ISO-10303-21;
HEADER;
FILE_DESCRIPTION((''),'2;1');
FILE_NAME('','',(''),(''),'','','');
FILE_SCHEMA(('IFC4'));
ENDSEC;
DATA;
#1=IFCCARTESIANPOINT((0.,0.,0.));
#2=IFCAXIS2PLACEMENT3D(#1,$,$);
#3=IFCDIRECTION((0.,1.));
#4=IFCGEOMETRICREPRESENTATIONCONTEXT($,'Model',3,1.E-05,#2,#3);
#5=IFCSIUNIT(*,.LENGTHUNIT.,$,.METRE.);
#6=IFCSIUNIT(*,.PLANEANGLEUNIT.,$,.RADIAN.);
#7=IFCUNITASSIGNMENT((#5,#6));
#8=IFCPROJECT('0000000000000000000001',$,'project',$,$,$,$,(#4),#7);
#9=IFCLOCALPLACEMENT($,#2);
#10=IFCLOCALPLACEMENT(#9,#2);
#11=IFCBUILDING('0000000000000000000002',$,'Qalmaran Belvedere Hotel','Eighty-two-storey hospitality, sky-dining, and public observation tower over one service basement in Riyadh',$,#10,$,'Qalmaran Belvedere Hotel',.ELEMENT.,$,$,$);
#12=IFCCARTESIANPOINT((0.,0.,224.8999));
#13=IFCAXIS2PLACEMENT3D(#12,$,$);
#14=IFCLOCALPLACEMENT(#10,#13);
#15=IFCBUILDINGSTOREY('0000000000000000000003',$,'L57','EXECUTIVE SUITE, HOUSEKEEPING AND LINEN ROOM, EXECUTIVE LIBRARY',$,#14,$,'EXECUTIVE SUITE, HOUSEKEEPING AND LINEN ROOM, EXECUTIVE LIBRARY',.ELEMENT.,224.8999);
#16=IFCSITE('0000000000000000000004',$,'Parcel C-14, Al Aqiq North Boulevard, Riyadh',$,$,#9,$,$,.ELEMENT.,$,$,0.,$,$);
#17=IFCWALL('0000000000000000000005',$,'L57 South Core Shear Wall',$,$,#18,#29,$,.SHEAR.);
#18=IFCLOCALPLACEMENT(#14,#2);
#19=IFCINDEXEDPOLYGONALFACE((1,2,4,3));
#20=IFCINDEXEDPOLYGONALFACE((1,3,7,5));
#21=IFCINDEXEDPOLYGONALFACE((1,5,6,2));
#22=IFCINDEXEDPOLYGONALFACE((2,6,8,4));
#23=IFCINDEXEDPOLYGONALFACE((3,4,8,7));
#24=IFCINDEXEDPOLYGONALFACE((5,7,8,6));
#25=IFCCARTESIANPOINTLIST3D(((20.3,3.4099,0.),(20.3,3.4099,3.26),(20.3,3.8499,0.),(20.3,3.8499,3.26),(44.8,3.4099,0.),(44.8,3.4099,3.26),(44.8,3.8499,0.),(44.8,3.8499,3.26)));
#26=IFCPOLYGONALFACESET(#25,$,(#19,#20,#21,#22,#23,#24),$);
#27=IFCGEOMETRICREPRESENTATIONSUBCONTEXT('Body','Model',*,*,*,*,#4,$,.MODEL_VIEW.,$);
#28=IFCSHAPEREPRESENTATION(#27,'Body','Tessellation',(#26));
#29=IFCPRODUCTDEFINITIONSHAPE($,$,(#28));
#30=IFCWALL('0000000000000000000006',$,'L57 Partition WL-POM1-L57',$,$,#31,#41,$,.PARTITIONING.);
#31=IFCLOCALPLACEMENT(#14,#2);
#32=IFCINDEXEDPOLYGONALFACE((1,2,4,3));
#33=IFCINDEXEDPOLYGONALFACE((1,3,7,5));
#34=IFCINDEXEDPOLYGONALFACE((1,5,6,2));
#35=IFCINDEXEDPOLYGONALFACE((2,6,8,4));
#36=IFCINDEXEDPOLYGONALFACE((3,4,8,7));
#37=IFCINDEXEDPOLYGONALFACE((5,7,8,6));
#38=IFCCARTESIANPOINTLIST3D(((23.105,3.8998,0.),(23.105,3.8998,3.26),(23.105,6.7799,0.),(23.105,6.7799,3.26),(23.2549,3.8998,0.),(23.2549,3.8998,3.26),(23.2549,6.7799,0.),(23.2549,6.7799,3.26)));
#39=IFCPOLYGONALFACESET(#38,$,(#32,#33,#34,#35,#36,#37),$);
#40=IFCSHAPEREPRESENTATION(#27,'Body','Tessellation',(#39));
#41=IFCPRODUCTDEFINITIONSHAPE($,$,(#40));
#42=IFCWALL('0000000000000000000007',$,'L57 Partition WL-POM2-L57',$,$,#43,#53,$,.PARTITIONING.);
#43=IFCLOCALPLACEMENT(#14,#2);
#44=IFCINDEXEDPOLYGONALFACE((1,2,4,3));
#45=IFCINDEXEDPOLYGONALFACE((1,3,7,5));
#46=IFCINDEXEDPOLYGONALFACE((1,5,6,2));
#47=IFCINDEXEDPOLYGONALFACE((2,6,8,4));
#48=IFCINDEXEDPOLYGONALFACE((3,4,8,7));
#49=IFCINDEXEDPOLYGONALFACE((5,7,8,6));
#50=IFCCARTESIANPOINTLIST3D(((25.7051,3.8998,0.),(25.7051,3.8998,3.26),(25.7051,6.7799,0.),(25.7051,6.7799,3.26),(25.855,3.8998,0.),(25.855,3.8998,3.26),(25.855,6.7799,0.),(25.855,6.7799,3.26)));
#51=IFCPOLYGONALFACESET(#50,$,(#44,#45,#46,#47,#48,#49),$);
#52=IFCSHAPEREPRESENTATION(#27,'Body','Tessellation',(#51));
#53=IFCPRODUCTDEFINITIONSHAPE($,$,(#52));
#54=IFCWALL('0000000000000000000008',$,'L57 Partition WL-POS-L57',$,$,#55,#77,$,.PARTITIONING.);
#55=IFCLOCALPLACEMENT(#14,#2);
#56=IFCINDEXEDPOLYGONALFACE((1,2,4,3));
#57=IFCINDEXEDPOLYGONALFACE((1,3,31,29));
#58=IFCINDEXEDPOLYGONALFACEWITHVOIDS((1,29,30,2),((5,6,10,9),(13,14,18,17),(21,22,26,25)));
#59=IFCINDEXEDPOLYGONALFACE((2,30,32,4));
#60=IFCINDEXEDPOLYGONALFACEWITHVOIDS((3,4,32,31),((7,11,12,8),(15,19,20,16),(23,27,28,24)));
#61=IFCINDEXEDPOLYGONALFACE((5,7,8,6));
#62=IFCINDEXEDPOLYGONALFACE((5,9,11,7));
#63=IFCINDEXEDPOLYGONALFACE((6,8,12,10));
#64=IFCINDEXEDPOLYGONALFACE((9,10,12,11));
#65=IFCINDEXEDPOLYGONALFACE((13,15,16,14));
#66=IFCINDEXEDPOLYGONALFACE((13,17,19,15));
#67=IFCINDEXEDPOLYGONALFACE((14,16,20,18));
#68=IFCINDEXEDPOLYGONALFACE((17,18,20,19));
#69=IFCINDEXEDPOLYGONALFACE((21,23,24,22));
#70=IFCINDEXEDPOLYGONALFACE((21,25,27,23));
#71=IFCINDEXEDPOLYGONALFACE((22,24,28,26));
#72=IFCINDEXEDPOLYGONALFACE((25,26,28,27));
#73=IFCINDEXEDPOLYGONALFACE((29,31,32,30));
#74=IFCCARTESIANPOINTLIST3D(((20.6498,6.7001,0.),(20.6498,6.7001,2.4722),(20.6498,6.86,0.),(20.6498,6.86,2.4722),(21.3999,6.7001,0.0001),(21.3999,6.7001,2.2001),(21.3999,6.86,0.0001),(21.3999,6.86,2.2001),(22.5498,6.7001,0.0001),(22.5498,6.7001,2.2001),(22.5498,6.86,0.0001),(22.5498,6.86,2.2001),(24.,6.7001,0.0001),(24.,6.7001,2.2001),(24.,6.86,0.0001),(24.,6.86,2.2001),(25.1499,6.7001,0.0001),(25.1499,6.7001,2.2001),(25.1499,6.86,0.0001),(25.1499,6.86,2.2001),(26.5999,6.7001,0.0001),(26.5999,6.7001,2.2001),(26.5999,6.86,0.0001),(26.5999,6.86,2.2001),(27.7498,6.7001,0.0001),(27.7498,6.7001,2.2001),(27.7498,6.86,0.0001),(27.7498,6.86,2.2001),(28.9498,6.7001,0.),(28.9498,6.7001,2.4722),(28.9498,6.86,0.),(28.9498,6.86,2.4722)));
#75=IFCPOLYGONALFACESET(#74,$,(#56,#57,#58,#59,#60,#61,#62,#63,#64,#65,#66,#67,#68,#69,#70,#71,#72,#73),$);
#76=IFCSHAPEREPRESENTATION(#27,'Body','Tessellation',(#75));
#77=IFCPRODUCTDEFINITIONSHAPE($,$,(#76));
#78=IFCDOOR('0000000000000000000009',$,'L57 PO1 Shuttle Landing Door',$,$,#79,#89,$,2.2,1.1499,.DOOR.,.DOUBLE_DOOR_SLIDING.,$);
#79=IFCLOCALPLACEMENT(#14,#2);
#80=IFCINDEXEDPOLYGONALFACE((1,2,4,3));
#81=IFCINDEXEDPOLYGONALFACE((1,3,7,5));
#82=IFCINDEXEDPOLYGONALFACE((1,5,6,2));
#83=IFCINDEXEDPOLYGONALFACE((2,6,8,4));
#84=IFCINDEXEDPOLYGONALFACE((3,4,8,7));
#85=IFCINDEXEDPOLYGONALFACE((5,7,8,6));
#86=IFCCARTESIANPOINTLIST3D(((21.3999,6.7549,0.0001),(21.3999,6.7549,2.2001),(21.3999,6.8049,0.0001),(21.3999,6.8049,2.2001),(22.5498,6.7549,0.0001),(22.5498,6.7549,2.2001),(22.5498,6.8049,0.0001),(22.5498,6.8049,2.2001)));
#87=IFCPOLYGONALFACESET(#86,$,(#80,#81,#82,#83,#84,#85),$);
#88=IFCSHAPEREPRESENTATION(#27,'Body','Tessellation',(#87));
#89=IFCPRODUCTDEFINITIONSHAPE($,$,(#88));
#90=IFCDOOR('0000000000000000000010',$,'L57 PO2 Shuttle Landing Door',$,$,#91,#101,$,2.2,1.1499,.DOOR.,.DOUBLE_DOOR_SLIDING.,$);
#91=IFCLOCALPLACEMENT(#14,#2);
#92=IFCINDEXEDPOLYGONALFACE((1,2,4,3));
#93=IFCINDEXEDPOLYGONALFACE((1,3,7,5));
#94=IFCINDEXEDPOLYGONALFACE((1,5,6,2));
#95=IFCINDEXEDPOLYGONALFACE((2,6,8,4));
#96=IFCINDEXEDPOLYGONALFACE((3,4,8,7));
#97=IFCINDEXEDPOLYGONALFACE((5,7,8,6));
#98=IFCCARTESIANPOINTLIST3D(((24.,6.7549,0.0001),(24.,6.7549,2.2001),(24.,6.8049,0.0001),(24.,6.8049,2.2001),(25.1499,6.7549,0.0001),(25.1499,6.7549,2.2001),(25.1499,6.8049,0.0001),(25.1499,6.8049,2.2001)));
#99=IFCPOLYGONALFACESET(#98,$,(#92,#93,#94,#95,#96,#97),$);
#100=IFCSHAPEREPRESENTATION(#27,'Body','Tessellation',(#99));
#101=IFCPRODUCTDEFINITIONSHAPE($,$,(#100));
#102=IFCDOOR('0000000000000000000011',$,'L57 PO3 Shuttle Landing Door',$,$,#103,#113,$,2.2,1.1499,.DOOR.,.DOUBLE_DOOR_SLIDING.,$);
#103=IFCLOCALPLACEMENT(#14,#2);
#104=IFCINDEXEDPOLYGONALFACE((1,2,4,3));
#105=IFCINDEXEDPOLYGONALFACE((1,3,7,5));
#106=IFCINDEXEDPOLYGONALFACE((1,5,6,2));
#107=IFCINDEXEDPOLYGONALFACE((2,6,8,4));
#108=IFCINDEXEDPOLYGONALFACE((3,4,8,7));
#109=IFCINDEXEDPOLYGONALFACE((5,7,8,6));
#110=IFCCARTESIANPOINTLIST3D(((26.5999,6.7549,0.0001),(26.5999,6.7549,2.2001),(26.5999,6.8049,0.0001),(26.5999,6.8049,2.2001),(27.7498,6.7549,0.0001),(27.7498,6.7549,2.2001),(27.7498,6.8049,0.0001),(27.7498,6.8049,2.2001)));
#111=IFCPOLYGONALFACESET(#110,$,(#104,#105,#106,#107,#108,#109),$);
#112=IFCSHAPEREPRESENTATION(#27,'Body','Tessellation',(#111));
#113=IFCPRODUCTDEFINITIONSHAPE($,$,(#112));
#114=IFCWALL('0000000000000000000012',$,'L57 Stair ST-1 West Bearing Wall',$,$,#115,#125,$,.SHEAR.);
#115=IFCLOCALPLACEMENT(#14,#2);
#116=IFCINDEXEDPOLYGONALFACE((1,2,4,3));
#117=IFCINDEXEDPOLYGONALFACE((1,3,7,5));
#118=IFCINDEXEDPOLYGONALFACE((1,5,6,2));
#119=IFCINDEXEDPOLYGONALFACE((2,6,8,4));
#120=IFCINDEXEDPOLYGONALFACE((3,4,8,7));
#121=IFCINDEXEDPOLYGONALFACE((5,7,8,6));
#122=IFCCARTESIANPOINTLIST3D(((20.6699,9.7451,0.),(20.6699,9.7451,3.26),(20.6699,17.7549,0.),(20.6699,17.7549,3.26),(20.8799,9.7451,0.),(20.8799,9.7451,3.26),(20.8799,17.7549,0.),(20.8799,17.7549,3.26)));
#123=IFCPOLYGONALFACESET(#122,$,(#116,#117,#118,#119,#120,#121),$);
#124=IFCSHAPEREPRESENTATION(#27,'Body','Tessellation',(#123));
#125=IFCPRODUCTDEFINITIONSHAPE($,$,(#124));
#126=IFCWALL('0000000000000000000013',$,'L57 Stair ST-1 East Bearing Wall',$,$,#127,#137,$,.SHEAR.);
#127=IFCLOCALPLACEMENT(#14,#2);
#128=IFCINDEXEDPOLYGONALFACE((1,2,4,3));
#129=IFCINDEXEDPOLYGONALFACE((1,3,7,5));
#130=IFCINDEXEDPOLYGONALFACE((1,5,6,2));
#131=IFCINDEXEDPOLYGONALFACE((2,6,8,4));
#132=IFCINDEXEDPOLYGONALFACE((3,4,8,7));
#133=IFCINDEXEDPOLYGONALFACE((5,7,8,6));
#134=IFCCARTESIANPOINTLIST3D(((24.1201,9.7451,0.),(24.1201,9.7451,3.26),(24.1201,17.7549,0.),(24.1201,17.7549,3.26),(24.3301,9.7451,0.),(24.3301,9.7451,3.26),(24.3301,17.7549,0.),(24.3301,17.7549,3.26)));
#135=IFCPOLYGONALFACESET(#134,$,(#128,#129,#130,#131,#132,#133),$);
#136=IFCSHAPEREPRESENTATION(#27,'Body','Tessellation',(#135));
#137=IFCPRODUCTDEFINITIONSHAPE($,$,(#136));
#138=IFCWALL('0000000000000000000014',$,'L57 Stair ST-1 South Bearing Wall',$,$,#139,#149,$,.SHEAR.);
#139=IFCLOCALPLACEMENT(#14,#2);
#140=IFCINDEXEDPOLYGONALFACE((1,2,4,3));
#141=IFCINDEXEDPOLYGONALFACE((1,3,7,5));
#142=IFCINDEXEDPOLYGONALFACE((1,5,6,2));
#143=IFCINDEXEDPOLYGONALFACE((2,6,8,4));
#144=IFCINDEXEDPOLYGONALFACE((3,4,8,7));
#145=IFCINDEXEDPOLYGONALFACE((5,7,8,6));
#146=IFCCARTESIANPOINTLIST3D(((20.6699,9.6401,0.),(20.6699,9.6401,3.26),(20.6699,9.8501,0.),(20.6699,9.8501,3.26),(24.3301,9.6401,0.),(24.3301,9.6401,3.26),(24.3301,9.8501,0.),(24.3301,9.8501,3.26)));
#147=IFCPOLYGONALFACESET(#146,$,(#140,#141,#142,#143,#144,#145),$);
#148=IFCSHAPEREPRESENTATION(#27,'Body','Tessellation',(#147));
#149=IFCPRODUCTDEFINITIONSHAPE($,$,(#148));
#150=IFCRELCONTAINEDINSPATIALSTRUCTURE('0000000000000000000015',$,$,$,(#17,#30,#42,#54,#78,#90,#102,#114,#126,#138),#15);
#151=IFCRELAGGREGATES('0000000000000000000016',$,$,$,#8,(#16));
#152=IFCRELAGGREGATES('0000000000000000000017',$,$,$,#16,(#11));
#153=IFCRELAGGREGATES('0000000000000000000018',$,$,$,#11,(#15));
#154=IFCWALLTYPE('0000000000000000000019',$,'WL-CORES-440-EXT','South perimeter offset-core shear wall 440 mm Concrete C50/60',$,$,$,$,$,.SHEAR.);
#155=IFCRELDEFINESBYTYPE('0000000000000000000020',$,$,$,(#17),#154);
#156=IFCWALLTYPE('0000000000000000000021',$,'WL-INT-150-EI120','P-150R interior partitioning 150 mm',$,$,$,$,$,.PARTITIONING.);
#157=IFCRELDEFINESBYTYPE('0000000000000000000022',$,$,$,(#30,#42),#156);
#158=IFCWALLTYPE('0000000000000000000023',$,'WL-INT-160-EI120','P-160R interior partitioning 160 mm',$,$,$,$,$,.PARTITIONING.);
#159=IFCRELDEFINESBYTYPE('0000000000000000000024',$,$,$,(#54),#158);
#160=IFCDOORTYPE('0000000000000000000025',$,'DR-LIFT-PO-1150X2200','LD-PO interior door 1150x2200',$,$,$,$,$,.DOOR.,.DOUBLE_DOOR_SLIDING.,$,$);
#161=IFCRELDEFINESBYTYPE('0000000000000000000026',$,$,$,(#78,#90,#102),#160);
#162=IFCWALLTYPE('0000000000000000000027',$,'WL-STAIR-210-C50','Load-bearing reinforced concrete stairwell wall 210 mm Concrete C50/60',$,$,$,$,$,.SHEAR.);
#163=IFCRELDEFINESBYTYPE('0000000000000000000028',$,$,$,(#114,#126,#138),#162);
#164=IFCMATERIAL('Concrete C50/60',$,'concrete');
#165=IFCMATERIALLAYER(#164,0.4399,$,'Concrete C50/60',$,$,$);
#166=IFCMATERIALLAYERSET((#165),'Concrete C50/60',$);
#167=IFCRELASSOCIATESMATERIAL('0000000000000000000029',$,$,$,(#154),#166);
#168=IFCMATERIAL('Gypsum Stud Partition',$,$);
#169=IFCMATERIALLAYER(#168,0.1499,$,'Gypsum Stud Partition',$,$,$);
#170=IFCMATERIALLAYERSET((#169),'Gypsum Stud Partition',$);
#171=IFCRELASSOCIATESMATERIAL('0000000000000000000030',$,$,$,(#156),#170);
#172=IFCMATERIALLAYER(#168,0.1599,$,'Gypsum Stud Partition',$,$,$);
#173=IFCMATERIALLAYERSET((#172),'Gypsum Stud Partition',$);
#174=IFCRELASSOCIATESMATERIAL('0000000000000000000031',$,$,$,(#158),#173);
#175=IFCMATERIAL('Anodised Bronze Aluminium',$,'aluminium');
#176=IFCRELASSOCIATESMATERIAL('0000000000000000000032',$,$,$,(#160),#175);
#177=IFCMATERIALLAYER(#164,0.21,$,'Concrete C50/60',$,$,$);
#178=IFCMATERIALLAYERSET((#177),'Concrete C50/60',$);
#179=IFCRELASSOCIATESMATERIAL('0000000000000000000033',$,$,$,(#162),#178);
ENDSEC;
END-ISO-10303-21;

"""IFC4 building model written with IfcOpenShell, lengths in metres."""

from ifc_helpers import new_model, si_unit, direction, frame, frame_2d, origin, place, context, subcontext, project, spatial, rectangle, extrude, material, layer, layer_set, type_object, element, fill, save


model = new_model("IFC4")

# Units and contexts
model_context = context("Model", 3, precision=1e-05, world=origin(), true_north=direction((0.0, 1.0)))
body_context = subcontext(model_context, "Body", "Model", "MODEL_VIEW")
ifc_project = project(units=[si_unit("LENGTHUNIT", "METRE"), si_unit("PLANEANGLEUNIT", "RADIAN")], contexts=[model_context])

# Site, building, storey
site_placement = place(None, origin())
site = spatial("IfcSite", under=ifc_project, at=site_placement, Name="Parcel C-14, Al Aqiq North Boulevard, Riyadh", CompositionType="ELEMENT", RefElevation=0.0)
building_placement = place(site_placement, origin())
building = spatial("IfcBuilding", under=site, at=building_placement, Name="Qalmaran Belvedere Hotel", Description="Eighty-two-storey hospitality, sky-dining, and public observation tower over one service basement in Riyadh", LongName="Qalmaran Belvedere Hotel", CompositionType="ELEMENT")
storey_placement = place(building_placement, frame((0.0, 0.0, 224.8999)))
storey = spatial("IfcBuildingStorey", under=building, at=storey_placement, Name="L57", Description="EXECUTIVE SUITE, HOUSEKEEPING AND LINEN ROOM, EXECUTIVE LIBRARY", LongName="EXECUTIVE SUITE, HOUSEKEEPING AND LINEN ROOM, EXECUTIVE LIBRARY", CompositionType="ELEMENT", Elevation=224.8999)

# Shared definitions
ifc_material_1 = material(Name="Concrete C50/60", Category="concrete")

# Shared definitions
ifc_material_2 = material(Name="Anodised Bronze Aluminium", Category="aluminium")

# Walls
ifc_layer_1 = layer(ifc_material_1, 0.4399, Name="Concrete C50/60")
ifc_layer_set_1 = layer_set([ifc_layer_1], Name="Concrete C50/60")
wall_type_1 = type_object("IfcWallType", Name="WL-CORES-440-EXT", Description="South perimeter offset-core shear wall 440 mm Concrete C50/60", PredefinedType="SHEAR", material=ifc_layer_set_1)
wall_1_placement = place(storey_placement, frame((20.3, 3.6299, 0.0), z_axis=(0.0, 0.0, 1.0), x_axis=(1.0, 0.0, 0.0)))
element("IfcWall", 1, at=wall_1_placement, inside=storey, type_object=wall_type_1, Name="L57 South Core Shear Wall", PredefinedType="SHEAR", context=body_context, shape_type="SweptSolid", body=[
    extrude(rectangle(XDim=24.5, YDim=0.4399, at=frame_2d((12.25, 0.0))), origin(), (0.0, 0.0, 1.0), 3.26),
])
ifc_material_3 = material(Name="Gypsum Stud Partition")
ifc_layer_2 = layer(ifc_material_3, 0.1499, Name="Gypsum Stud Partition")
ifc_layer_set_2 = layer_set([ifc_layer_2], Name="Gypsum Stud Partition")
wall_type_2 = type_object("IfcWallType", Name="WL-INT-150-EI120", Description="P-150R interior partitioning 150 mm", PredefinedType="PARTITIONING", material=ifc_layer_set_2)
for number, where, z_axis, x_axis, name in (
    (2, (23.1799, 3.8999, 0.0), (0.0, 0.0, 1.0), (0.0, 1.0, 0.0), "L57 Partition WL-POM1-L57"),
    (3, (25.78, 3.8999, 0.0), (0.0, 0.0, 1.0), (0.0, 1.0, 0.0), "L57 Partition WL-POM2-L57"),
):
    element("IfcWall", number, at=place(storey_placement, frame(where, z_axis=z_axis, x_axis=x_axis)), inside=storey, type_object=wall_type_2, Name=name, PredefinedType="PARTITIONING", context=body_context, shape_type="SweptSolid", body=[
        extrude(rectangle(XDim=2.8801, YDim=0.1499, at=frame_2d((1.4399, 0.0))), origin(), (0.0, 0.0, 1.0), 3.26),
    ])

# Wall, openings, doors
ifc_layer_3 = layer(ifc_material_3, 0.1599, Name="Gypsum Stud Partition")
ifc_layer_set_3 = layer_set([ifc_layer_3], Name="Gypsum Stud Partition")
wall_type_3 = type_object("IfcWallType", Name="WL-INT-160-EI120", Description="P-160R interior partitioning 160 mm", PredefinedType="PARTITIONING", material=ifc_layer_set_3)
wall_2_placement = place(storey_placement, frame((20.6499, 6.78, 0.0), z_axis=(0.0, 0.0, 1.0), x_axis=(1.0, 0.0, 0.0)))
wall_2 = element("IfcWall", 4, at=wall_2_placement, inside=storey, type_object=wall_type_3, Name="L57 Partition WL-POS-L57", PredefinedType="PARTITIONING", context=body_context, shape_type="SweptSolid", body=[
    extrude(rectangle(XDim=8.3, YDim=0.1599, at=frame_2d((4.1499, 0.0))), origin(), (0.0, 0.0, 1.0), 2.4722),
])
opening_1_placement = place(wall_2_placement, frame((0.75, 0.0, 0.0)))
opening_1 = element("IfcOpeningElement", 5, at=opening_1_placement, cuts=wall_2, PredefinedType="OPENING", context=body_context, shape_type="SweptSolid", body=[
    extrude(rectangle(XDim=1.1499, YDim=2.2, at=frame_2d((0.575, 1.1001))), frame((0.0, 0.0898, 0.0), z_axis=(0.0, -1.0, 0.0), x_axis=(1.0, 0.0, 0.0)), (0.0, 0.0, 1.0), 0.1799),
])
opening_2_placement = place(wall_2_placement, frame((3.3501, 0.0, 0.0)))
opening_2 = element("IfcOpeningElement", 6, at=opening_2_placement, cuts=wall_2, PredefinedType="OPENING", context=body_context, shape_type="SweptSolid", body=[
    extrude(rectangle(XDim=1.1499, YDim=2.2, at=frame_2d((0.575, 1.1001))), frame((0.0, 0.0898, 0.0), z_axis=(0.0, -1.0, 0.0), x_axis=(1.0, 0.0, 0.0)), (0.0, 0.0, 1.0), 0.1799),
])
opening_3_placement = place(wall_2_placement, frame((5.95, 0.0, 0.0)))
opening_3 = element("IfcOpeningElement", 7, at=opening_3_placement, cuts=wall_2, PredefinedType="OPENING", context=body_context, shape_type="SweptSolid", body=[
    extrude(rectangle(XDim=1.1499, YDim=2.2, at=frame_2d((0.575, 1.1001))), frame((0.0, 0.0898, 0.0), z_axis=(0.0, -1.0, 0.0), x_axis=(1.0, 0.0, 0.0)), (0.0, 0.0, 1.0), 0.1799),
])
door_type_1 = type_object("IfcDoorType", Name="DR-LIFT-PO-1150X2200", Description="LD-PO interior door 1150x2200", OperationType="DOUBLE_DOOR_SLIDING", PredefinedType="DOOR", material=ifc_material_2)
door_1_placement = place(opening_1_placement, origin())
door_1 = element("IfcDoor", 8, at=door_1_placement, inside=storey, type_object=door_type_1, Name="L57 PO1 Shuttle Landing Door", OperationType="DOUBLE_DOOR_SLIDING", OverallHeight=2.2, OverallWidth=1.1499, PredefinedType="DOOR", context=body_context, shape_type="SweptSolid", body=[
    extrude(rectangle(XDim=1.1499, YDim=2.2, at=frame_2d((0.575, 1.1001))), frame((0.0, 0.0249, 0.0), z_axis=(0.0, -1.0, 0.0), x_axis=(1.0, 0.0, 0.0)), (0.0, 0.0, 1.0), 0.05),
])
fill(opening_1, door_1)
door_2_placement = place(opening_2_placement, origin())
door_2 = element("IfcDoor", 9, at=door_2_placement, inside=storey, type_object=door_type_1, Name="L57 PO2 Shuttle Landing Door", OperationType="DOUBLE_DOOR_SLIDING", OverallHeight=2.2, OverallWidth=1.1499, PredefinedType="DOOR", context=body_context, shape_type="SweptSolid", body=[
    extrude(rectangle(XDim=1.1499, YDim=2.2, at=frame_2d((0.575, 1.1001))), frame((0.0, 0.0249, 0.0), z_axis=(0.0, -1.0, 0.0), x_axis=(1.0, 0.0, 0.0)), (0.0, 0.0, 1.0), 0.05),
])
fill(opening_2, door_2)
door_3_placement = place(opening_3_placement, origin())
door_3 = element("IfcDoor", 10, at=door_3_placement, inside=storey, type_object=door_type_1, Name="L57 PO3 Shuttle Landing Door", OperationType="DOUBLE_DOOR_SLIDING", OverallHeight=2.2, OverallWidth=1.1499, PredefinedType="DOOR", context=body_context, shape_type="SweptSolid", body=[
    extrude(rectangle(XDim=1.1499, YDim=2.2, at=frame_2d((0.575, 1.1001))), frame((0.0, 0.0249, 0.0), z_axis=(0.0, -1.0, 0.0), x_axis=(1.0, 0.0, 0.0)), (0.0, 0.0, 1.0), 0.05),
])
fill(opening_3, door_3)

# Walls
ifc_layer_4 = layer(ifc_material_1, 0.21, Name="Concrete C50/60")
ifc_layer_set_4 = layer_set([ifc_layer_4], Name="Concrete C50/60")
wall_type_4 = type_object("IfcWallType", Name="WL-STAIR-210-C50", Description="Load-bearing reinforced concrete stairwell wall 210 mm Concrete C50/60", PredefinedType="SHEAR", material=ifc_layer_set_4)
for number, where, z_axis, x_axis, name in (
    (11, (20.7749, 9.7451, 0.0), (0.0, 0.0, 1.0), (0.0, 1.0, 0.0), "L57 Stair ST-1 West Bearing Wall"),
    (12, (24.2251, 9.7451, 0.0), (0.0, 0.0, 1.0), (0.0, 1.0, 0.0), "L57 Stair ST-1 East Bearing Wall"),
):
    element("IfcWall", number, at=place(storey_placement, frame(where, z_axis=z_axis, x_axis=x_axis)), inside=storey, type_object=wall_type_4, Name=name, PredefinedType="SHEAR", context=body_context, shape_type="SweptSolid", body=[
        extrude(rectangle(XDim=8.0098, YDim=0.21, at=frame_2d((4.0049, 0.0))), origin(), (0.0, 0.0, 1.0), 3.26),
    ])
wall_3_placement = place(storey_placement, frame((20.6699, 9.7451, 0.0), z_axis=(0.0, 0.0, 1.0), x_axis=(1.0, 0.0, 0.0)))
element("IfcWall", 13, at=wall_3_placement, inside=storey, type_object=wall_type_4, Name="L57 Stair ST-1 South Bearing Wall", PredefinedType="SHEAR", context=body_context, shape_type="SweptSolid", body=[
    extrude(rectangle(XDim=3.6602, YDim=0.21, at=frame_2d((1.8301, 0.0))), origin(), (0.0, 0.0, 1.0), 3.26),
])

save(model, "model.ifc")
